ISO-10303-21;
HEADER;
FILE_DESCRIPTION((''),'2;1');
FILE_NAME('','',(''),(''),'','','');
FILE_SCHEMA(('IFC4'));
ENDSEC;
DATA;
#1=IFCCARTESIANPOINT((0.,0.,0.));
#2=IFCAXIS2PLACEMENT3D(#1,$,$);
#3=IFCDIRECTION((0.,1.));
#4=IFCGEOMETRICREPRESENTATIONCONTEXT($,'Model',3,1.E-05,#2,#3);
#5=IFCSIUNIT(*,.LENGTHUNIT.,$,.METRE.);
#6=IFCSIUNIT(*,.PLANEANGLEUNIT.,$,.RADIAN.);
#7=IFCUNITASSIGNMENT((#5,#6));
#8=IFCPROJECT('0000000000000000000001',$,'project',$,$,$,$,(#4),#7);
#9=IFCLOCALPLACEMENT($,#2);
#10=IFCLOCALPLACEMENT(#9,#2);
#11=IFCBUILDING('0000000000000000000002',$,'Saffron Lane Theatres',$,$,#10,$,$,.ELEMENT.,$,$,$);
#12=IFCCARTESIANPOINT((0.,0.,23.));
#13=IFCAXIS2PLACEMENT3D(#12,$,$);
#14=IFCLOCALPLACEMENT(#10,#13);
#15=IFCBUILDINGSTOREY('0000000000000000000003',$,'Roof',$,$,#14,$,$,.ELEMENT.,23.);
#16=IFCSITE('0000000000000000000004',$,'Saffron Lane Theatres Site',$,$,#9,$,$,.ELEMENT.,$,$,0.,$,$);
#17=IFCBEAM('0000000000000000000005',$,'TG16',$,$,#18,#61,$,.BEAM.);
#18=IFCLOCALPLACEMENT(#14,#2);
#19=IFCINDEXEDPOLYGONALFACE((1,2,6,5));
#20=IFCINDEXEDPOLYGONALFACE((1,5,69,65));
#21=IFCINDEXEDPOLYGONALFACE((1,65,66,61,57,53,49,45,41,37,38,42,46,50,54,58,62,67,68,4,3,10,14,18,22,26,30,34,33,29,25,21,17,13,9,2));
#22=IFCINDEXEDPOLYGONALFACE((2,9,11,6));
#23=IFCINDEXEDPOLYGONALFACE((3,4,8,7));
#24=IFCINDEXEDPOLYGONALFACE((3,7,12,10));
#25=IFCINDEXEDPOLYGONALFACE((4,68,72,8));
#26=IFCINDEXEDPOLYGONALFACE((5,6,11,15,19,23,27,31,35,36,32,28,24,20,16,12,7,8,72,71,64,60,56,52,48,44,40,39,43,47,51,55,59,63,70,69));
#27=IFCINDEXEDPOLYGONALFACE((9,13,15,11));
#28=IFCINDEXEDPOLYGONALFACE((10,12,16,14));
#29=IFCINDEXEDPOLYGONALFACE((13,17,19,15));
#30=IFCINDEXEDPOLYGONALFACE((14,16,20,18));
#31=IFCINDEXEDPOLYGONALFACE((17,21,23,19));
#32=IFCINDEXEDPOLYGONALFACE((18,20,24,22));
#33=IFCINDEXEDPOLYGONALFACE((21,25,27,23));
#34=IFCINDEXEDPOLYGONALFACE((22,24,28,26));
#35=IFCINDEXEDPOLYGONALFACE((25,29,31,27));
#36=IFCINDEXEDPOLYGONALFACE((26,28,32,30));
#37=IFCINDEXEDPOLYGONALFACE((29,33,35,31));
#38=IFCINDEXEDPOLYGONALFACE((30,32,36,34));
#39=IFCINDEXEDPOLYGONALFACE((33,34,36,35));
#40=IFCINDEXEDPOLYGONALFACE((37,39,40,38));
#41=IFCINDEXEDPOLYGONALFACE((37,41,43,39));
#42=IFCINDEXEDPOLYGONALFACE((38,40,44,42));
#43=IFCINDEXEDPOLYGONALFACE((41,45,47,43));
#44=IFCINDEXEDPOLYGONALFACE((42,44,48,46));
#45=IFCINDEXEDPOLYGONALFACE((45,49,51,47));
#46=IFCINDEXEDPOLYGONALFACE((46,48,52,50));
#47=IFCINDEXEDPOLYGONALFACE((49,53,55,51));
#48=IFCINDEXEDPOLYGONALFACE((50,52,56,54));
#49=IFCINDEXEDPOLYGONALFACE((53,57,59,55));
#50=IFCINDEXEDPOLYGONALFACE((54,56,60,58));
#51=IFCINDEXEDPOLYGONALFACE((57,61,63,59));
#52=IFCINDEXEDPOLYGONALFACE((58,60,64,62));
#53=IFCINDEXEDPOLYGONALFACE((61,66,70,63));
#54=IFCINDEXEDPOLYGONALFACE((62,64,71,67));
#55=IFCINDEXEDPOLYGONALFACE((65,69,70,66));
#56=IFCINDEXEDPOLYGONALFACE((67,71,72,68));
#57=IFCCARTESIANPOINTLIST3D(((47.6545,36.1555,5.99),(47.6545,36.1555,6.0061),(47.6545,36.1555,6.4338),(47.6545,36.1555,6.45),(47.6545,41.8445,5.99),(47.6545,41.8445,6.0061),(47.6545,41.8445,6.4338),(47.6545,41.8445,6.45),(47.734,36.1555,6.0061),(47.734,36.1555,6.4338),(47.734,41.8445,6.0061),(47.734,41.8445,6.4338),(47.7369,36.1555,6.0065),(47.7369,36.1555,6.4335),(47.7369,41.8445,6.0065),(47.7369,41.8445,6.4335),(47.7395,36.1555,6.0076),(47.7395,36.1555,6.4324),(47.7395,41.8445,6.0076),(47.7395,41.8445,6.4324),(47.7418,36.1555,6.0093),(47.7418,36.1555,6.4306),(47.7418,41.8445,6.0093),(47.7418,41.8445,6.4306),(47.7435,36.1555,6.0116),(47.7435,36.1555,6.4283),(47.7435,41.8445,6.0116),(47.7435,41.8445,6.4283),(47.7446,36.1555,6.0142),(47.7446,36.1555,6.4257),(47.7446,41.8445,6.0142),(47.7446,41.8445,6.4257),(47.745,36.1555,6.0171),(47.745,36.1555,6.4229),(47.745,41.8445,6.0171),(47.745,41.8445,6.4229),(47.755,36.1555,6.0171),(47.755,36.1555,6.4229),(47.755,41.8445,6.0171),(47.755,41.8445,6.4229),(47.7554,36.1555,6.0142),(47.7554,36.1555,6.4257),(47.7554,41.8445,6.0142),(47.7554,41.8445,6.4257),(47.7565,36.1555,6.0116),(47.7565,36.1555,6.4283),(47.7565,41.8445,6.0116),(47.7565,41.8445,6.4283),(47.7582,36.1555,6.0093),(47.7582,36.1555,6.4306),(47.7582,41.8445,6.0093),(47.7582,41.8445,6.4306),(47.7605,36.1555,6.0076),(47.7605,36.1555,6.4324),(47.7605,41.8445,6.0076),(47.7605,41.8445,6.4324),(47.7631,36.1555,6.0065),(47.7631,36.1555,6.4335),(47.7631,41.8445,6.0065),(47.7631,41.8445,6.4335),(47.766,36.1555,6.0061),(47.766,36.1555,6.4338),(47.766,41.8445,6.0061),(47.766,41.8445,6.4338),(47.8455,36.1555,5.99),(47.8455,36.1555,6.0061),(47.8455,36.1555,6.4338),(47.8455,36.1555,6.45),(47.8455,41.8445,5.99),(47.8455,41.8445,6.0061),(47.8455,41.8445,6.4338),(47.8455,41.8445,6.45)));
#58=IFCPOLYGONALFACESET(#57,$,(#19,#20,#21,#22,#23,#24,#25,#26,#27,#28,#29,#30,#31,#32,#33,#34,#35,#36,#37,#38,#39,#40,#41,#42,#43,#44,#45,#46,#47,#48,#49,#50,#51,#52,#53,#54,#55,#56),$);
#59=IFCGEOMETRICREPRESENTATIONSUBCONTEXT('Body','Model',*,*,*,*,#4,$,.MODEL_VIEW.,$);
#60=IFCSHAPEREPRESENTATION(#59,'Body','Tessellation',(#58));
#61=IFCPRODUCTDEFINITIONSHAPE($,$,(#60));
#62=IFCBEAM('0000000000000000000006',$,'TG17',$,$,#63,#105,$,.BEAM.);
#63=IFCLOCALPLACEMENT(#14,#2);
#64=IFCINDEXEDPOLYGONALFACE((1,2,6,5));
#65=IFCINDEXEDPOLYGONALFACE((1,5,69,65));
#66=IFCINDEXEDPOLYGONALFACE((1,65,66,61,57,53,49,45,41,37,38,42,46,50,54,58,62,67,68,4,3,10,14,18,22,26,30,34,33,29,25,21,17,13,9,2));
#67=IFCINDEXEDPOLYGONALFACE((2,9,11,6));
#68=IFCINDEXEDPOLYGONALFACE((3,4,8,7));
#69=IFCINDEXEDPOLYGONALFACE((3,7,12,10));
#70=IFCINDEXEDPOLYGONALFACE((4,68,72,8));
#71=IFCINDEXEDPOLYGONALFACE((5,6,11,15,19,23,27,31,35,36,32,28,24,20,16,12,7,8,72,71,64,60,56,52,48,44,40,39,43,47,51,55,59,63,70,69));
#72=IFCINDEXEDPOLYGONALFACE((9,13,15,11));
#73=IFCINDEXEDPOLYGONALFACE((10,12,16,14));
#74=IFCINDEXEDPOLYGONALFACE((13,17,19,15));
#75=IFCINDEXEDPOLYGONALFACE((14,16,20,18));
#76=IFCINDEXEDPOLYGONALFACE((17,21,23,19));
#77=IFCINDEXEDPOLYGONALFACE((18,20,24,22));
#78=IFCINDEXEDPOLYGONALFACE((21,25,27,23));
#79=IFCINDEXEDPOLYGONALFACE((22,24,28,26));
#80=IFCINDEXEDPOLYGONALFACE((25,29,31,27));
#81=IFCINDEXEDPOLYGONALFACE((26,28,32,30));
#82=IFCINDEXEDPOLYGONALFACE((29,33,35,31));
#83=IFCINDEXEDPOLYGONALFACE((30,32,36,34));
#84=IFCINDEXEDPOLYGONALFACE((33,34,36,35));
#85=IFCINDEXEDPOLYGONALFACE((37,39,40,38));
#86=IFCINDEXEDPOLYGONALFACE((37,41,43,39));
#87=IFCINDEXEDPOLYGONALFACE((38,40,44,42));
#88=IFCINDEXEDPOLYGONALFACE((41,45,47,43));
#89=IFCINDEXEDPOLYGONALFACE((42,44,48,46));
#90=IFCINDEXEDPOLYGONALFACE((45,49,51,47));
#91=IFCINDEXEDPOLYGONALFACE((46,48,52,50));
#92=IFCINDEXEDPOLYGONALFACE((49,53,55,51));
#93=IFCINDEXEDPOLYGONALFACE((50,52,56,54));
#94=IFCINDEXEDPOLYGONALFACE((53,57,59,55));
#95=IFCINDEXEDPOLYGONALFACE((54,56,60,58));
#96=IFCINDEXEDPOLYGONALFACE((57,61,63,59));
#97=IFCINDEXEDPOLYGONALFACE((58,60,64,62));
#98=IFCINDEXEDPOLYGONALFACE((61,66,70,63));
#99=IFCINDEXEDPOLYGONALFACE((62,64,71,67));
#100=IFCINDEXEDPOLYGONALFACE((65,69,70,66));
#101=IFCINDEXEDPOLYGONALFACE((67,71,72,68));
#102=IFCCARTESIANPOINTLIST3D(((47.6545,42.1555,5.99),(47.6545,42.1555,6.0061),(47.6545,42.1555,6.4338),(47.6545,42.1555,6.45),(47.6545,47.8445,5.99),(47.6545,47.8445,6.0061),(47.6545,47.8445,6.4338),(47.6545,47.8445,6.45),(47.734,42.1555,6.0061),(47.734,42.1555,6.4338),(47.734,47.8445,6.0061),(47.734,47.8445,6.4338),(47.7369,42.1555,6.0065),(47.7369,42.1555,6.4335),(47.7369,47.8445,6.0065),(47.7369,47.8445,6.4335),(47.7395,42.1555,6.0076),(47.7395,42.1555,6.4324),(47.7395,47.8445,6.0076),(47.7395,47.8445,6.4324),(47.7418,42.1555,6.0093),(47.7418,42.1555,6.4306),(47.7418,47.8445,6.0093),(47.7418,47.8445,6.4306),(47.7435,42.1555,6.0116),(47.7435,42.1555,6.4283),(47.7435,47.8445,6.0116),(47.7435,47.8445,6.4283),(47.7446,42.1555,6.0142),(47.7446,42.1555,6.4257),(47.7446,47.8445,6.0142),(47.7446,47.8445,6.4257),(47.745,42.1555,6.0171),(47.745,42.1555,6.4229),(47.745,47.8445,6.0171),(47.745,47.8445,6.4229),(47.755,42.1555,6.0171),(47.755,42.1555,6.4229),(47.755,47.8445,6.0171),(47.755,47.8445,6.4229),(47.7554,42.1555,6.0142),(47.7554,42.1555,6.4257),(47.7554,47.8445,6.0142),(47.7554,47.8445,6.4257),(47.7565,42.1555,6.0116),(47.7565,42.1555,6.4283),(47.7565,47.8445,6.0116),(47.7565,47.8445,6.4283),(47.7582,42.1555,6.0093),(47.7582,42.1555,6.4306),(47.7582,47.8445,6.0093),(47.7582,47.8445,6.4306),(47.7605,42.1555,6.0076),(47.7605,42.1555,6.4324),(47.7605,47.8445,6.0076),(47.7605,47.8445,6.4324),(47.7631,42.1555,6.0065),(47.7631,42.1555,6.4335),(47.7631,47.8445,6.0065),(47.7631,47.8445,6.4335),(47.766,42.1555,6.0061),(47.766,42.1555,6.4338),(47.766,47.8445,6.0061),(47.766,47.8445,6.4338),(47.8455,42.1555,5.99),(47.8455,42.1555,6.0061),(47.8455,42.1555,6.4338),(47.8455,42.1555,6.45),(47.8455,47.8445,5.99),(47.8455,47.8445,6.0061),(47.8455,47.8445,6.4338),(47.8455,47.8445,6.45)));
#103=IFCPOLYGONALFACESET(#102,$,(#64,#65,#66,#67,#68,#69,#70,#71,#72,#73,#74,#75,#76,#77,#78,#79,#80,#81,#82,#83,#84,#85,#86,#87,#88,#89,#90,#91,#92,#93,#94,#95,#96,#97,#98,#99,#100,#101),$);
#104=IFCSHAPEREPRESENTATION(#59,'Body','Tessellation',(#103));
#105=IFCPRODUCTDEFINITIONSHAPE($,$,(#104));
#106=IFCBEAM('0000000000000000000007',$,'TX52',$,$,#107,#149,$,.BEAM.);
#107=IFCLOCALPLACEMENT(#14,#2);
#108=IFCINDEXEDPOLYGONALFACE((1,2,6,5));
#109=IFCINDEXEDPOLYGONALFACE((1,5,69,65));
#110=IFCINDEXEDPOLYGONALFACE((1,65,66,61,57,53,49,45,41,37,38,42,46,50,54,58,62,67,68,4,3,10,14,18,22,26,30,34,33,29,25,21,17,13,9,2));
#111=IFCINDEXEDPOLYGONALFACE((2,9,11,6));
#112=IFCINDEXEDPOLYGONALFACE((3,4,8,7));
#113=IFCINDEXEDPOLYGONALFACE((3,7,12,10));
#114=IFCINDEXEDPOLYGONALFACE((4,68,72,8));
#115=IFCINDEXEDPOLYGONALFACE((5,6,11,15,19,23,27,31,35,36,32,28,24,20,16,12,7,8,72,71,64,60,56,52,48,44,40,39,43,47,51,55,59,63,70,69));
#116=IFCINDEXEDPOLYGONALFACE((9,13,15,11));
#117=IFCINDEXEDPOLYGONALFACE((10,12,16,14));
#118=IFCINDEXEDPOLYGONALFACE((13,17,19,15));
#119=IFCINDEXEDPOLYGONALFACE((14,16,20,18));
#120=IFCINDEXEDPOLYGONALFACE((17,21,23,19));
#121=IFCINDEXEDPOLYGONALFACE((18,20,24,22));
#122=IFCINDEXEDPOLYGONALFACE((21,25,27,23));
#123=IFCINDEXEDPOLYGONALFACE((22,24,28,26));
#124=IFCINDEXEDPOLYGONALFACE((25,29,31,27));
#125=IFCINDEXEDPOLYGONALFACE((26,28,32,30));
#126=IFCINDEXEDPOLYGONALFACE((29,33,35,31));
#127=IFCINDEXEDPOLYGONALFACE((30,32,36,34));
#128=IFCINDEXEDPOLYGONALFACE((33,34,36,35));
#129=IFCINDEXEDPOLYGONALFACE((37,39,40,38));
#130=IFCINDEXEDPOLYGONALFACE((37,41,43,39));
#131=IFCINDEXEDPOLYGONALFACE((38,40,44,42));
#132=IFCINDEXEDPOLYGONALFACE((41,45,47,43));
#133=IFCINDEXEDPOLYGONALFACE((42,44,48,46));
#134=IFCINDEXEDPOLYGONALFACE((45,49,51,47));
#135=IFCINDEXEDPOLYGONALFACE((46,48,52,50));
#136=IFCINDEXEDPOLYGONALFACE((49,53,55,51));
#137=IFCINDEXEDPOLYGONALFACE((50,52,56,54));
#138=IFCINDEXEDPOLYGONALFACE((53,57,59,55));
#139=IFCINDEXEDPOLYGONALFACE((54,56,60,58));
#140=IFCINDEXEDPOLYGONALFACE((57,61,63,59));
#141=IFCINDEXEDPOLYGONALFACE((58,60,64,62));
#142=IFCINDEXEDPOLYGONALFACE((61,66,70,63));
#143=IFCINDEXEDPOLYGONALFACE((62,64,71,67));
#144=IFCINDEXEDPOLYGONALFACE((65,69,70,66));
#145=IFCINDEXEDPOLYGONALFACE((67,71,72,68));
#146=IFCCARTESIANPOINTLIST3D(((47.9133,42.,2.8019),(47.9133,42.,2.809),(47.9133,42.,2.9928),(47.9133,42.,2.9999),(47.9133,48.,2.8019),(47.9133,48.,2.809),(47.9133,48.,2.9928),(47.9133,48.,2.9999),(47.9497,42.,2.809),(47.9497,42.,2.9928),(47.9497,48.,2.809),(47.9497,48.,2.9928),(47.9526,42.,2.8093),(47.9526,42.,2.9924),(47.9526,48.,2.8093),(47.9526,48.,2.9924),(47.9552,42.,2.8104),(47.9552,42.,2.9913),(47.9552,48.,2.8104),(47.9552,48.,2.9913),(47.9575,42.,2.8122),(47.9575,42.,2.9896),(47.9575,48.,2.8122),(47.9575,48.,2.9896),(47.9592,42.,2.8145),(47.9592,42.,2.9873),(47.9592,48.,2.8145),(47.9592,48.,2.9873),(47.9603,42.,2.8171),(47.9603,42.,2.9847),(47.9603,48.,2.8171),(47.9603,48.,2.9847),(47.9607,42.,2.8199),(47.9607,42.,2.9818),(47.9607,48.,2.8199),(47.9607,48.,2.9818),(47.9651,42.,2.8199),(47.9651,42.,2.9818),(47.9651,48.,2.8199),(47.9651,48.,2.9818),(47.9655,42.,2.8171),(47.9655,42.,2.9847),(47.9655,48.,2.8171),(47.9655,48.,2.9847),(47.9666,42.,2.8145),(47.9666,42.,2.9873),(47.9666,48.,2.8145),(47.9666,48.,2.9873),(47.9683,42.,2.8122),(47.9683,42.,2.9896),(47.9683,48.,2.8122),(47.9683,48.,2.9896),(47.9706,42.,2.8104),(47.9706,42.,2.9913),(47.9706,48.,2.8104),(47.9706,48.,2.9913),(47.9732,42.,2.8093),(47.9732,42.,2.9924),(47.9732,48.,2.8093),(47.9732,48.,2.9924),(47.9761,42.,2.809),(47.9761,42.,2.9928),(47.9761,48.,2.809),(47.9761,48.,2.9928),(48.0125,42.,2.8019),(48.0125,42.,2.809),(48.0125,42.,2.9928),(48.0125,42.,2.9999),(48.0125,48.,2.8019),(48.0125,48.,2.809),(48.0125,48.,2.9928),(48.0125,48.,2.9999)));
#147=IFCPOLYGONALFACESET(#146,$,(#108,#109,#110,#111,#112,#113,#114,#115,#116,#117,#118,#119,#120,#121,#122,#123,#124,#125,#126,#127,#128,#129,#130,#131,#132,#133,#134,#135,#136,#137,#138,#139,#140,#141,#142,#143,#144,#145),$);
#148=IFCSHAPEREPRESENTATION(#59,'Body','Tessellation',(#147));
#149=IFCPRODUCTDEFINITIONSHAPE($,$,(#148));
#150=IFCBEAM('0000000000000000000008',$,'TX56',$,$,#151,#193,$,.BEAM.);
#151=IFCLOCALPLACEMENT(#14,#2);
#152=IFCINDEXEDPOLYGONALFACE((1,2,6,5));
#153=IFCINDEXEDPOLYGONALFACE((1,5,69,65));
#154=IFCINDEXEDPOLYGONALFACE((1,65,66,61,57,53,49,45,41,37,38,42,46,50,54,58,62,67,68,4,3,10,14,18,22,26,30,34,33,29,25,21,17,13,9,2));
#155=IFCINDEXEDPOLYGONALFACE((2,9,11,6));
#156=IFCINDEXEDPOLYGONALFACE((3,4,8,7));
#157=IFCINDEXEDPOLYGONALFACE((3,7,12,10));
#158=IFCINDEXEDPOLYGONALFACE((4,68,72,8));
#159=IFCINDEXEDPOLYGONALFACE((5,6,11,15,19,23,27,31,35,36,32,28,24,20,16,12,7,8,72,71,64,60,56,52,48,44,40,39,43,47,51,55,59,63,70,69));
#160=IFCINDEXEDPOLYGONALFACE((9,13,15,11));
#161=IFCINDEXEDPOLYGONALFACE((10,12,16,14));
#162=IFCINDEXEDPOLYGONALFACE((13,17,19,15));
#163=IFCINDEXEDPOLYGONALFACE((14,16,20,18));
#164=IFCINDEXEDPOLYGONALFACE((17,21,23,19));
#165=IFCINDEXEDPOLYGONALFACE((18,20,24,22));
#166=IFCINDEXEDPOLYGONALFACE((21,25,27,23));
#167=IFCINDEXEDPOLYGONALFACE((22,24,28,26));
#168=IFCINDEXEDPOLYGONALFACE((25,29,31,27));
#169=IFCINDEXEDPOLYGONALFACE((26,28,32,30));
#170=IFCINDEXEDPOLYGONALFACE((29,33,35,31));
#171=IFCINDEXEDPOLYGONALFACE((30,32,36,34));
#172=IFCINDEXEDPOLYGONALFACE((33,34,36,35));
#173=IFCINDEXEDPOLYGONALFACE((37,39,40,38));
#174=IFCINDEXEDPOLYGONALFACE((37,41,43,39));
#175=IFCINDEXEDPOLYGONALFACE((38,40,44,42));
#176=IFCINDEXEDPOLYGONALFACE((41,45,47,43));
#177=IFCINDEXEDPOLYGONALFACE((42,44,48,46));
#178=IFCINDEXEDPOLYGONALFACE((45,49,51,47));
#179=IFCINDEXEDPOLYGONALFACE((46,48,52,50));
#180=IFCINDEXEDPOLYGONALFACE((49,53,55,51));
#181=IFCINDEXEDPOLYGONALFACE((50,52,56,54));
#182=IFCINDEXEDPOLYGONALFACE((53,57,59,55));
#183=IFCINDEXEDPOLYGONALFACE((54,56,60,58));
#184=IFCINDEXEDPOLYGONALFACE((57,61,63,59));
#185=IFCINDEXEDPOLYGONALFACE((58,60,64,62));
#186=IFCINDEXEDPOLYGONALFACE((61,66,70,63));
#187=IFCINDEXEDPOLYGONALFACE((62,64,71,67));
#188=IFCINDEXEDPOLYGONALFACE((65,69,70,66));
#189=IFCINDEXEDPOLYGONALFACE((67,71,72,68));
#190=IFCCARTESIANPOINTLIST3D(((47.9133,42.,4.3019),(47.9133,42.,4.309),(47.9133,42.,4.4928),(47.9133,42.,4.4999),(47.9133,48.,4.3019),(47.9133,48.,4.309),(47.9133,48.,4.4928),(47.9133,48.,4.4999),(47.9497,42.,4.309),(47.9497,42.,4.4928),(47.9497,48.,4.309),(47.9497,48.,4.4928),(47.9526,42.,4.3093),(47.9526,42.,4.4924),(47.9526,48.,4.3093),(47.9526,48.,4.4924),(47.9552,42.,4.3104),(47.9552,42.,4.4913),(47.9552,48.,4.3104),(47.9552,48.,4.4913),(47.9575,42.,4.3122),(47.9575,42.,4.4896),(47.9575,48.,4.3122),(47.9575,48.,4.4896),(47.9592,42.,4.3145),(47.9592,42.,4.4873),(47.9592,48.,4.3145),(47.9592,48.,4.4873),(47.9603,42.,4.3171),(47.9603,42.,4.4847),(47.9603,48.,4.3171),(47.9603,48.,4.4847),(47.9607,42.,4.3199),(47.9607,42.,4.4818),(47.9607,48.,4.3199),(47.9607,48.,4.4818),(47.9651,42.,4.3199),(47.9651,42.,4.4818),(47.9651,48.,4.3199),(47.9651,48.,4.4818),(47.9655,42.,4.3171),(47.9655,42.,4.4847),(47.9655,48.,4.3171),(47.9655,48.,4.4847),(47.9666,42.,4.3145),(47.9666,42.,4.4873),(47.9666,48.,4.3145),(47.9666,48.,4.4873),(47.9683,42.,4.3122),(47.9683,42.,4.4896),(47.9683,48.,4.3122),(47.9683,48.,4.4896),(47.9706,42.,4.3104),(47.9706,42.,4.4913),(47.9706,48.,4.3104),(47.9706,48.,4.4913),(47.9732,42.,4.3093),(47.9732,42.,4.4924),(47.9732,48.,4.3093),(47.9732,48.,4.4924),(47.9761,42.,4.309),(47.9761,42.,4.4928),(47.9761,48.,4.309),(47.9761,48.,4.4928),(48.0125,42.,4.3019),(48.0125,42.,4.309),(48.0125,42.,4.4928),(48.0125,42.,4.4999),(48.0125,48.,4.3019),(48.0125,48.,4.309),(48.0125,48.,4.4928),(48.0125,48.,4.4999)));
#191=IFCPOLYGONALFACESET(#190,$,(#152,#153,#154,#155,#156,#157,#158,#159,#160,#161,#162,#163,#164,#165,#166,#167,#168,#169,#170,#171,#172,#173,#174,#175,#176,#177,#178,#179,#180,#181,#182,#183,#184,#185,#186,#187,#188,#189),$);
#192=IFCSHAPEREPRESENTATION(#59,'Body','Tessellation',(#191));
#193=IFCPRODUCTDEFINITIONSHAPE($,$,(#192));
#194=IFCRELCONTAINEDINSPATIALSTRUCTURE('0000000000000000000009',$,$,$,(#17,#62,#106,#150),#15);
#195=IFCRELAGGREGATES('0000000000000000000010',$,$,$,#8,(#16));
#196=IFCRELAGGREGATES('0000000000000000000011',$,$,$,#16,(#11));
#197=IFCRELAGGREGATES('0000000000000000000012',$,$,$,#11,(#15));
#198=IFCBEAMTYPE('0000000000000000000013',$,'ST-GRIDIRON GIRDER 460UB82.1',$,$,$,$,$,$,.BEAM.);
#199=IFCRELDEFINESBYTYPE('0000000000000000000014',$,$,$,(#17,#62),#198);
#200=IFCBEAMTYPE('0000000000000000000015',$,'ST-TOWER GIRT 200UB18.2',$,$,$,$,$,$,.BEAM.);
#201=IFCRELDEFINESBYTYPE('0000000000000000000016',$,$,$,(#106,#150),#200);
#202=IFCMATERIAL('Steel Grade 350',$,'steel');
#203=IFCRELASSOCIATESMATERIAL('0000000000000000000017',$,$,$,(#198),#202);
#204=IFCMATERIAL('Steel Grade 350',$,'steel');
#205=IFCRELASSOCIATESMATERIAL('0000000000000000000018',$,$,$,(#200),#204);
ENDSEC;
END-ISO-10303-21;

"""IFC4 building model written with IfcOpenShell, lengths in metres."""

from ifc_helpers import new_model, si_unit, direction, frame, origin, origin_2d, place, context, subcontext, project, spatial, i_section, extrude, material, material_profile, profile_set, type_object, element, save


model = new_model("IFC4")

# Units and contexts
model_context = context("Model", 3, precision=1e-05, world=origin(), true_north=direction((0.0, 1.0)))
body_context = subcontext(model_context, "Body", "Model", "MODEL_VIEW")
ifc_project = project(units=[si_unit("LENGTHUNIT", "METRE"), si_unit("PLANEANGLEUNIT", "RADIAN")], contexts=[model_context])

# Site, building, storey
site_placement = place(None, origin())
site = spatial("IfcSite", under=ifc_project, at=site_placement, Name="Saffron Lane Theatres Site", CompositionType="ELEMENT", RefElevation=0.0)
building_placement = place(site_placement, origin())
building = spatial("IfcBuilding", under=site, at=building_placement, Name="Saffron Lane Theatres", CompositionType="ELEMENT")
storey_placement = place(building_placement, frame((0.0, 0.0, 23.0)))
storey = spatial("IfcBuildingStorey", under=building, at=storey_placement, Name="Roof", CompositionType="ELEMENT", Elevation=23.0)

# Beams
ifc_material_1 = material(Name="Steel Grade 350", Category="steel")
ifc_material_profile_1 = material_profile(ifc_material_1, i_section(OverallWidth=0.1909, OverallDepth=0.46, WebThickness=0.01, FlangeThickness=0.0161, FilletRadius=0.011, at=origin_2d()))
ifc_profile_set_1 = profile_set([ifc_material_profile_1], Name="Steel Grade 350")
beam_type_1 = type_object("IfcBeamType", Name="ST-GRIDIRON GIRDER 460UB82.1", PredefinedType="BEAM", material=ifc_profile_set_1)
for number, where, z_axis, x_axis, name in (
    (1, (47.75, 36.1555, 6.22), (0.0, 1.0, 0.0), (-1.0, 0.0, 0.0), "TG16"),
    (2, (47.75, 42.1555, 6.22), (0.0, 1.0, 0.0), (-1.0, 0.0, 0.0), "TG17"),
):
    element("IfcBeam", number, at=place(storey_placement, frame(where, z_axis=z_axis, x_axis=x_axis)), inside=storey, type_object=beam_type_1, Name=name, PredefinedType="BEAM", context=body_context, shape_type="SweptSolid", body=[
        extrude(i_section(OverallWidth=0.1909, OverallDepth=0.46, WebThickness=0.01, FlangeThickness=0.0161, FilletRadius=0.011, at=origin_2d()), origin(), (0.0, 0.0, 1.0), 5.689),
    ])
ifc_material_2 = material(Name="Steel Grade 350", Category="steel")
ifc_material_profile_2 = material_profile(ifc_material_2, i_section(OverallWidth=0.0991, OverallDepth=0.198, WebThickness=0.0044, FlangeThickness=0.0071, FilletRadius=0.011, at=origin_2d()))
ifc_profile_set_2 = profile_set([ifc_material_profile_2], Name="Steel Grade 350")
beam_type_2 = type_object("IfcBeamType", Name="ST-TOWER GIRT 200UB18.2", PredefinedType="BEAM", material=ifc_profile_set_2)
for number, where, z_axis, x_axis, name in (
    (3, (47.9629, 42.0, 2.9009), (0.0, 1.0, 0.0), (-1.0, 0.0, 0.0), "TX52"),
    (4, (47.9629, 42.0, 4.4009), (0.0, 1.0, 0.0), (-1.0, 0.0, 0.0), "TX56"),
):
    element("IfcBeam", number, at=place(storey_placement, frame(where, z_axis=z_axis, x_axis=x_axis)), inside=storey, type_object=beam_type_2, Name=name, PredefinedType="BEAM", context=body_context, shape_type="SweptSolid", body=[
        extrude(i_section(OverallWidth=0.0991, OverallDepth=0.198, WebThickness=0.0044, FlangeThickness=0.0071, FilletRadius=0.011, at=origin_2d()), origin(), (0.0, 0.0, 1.0), 6.0),
    ])

save(model, "model.ifc")
